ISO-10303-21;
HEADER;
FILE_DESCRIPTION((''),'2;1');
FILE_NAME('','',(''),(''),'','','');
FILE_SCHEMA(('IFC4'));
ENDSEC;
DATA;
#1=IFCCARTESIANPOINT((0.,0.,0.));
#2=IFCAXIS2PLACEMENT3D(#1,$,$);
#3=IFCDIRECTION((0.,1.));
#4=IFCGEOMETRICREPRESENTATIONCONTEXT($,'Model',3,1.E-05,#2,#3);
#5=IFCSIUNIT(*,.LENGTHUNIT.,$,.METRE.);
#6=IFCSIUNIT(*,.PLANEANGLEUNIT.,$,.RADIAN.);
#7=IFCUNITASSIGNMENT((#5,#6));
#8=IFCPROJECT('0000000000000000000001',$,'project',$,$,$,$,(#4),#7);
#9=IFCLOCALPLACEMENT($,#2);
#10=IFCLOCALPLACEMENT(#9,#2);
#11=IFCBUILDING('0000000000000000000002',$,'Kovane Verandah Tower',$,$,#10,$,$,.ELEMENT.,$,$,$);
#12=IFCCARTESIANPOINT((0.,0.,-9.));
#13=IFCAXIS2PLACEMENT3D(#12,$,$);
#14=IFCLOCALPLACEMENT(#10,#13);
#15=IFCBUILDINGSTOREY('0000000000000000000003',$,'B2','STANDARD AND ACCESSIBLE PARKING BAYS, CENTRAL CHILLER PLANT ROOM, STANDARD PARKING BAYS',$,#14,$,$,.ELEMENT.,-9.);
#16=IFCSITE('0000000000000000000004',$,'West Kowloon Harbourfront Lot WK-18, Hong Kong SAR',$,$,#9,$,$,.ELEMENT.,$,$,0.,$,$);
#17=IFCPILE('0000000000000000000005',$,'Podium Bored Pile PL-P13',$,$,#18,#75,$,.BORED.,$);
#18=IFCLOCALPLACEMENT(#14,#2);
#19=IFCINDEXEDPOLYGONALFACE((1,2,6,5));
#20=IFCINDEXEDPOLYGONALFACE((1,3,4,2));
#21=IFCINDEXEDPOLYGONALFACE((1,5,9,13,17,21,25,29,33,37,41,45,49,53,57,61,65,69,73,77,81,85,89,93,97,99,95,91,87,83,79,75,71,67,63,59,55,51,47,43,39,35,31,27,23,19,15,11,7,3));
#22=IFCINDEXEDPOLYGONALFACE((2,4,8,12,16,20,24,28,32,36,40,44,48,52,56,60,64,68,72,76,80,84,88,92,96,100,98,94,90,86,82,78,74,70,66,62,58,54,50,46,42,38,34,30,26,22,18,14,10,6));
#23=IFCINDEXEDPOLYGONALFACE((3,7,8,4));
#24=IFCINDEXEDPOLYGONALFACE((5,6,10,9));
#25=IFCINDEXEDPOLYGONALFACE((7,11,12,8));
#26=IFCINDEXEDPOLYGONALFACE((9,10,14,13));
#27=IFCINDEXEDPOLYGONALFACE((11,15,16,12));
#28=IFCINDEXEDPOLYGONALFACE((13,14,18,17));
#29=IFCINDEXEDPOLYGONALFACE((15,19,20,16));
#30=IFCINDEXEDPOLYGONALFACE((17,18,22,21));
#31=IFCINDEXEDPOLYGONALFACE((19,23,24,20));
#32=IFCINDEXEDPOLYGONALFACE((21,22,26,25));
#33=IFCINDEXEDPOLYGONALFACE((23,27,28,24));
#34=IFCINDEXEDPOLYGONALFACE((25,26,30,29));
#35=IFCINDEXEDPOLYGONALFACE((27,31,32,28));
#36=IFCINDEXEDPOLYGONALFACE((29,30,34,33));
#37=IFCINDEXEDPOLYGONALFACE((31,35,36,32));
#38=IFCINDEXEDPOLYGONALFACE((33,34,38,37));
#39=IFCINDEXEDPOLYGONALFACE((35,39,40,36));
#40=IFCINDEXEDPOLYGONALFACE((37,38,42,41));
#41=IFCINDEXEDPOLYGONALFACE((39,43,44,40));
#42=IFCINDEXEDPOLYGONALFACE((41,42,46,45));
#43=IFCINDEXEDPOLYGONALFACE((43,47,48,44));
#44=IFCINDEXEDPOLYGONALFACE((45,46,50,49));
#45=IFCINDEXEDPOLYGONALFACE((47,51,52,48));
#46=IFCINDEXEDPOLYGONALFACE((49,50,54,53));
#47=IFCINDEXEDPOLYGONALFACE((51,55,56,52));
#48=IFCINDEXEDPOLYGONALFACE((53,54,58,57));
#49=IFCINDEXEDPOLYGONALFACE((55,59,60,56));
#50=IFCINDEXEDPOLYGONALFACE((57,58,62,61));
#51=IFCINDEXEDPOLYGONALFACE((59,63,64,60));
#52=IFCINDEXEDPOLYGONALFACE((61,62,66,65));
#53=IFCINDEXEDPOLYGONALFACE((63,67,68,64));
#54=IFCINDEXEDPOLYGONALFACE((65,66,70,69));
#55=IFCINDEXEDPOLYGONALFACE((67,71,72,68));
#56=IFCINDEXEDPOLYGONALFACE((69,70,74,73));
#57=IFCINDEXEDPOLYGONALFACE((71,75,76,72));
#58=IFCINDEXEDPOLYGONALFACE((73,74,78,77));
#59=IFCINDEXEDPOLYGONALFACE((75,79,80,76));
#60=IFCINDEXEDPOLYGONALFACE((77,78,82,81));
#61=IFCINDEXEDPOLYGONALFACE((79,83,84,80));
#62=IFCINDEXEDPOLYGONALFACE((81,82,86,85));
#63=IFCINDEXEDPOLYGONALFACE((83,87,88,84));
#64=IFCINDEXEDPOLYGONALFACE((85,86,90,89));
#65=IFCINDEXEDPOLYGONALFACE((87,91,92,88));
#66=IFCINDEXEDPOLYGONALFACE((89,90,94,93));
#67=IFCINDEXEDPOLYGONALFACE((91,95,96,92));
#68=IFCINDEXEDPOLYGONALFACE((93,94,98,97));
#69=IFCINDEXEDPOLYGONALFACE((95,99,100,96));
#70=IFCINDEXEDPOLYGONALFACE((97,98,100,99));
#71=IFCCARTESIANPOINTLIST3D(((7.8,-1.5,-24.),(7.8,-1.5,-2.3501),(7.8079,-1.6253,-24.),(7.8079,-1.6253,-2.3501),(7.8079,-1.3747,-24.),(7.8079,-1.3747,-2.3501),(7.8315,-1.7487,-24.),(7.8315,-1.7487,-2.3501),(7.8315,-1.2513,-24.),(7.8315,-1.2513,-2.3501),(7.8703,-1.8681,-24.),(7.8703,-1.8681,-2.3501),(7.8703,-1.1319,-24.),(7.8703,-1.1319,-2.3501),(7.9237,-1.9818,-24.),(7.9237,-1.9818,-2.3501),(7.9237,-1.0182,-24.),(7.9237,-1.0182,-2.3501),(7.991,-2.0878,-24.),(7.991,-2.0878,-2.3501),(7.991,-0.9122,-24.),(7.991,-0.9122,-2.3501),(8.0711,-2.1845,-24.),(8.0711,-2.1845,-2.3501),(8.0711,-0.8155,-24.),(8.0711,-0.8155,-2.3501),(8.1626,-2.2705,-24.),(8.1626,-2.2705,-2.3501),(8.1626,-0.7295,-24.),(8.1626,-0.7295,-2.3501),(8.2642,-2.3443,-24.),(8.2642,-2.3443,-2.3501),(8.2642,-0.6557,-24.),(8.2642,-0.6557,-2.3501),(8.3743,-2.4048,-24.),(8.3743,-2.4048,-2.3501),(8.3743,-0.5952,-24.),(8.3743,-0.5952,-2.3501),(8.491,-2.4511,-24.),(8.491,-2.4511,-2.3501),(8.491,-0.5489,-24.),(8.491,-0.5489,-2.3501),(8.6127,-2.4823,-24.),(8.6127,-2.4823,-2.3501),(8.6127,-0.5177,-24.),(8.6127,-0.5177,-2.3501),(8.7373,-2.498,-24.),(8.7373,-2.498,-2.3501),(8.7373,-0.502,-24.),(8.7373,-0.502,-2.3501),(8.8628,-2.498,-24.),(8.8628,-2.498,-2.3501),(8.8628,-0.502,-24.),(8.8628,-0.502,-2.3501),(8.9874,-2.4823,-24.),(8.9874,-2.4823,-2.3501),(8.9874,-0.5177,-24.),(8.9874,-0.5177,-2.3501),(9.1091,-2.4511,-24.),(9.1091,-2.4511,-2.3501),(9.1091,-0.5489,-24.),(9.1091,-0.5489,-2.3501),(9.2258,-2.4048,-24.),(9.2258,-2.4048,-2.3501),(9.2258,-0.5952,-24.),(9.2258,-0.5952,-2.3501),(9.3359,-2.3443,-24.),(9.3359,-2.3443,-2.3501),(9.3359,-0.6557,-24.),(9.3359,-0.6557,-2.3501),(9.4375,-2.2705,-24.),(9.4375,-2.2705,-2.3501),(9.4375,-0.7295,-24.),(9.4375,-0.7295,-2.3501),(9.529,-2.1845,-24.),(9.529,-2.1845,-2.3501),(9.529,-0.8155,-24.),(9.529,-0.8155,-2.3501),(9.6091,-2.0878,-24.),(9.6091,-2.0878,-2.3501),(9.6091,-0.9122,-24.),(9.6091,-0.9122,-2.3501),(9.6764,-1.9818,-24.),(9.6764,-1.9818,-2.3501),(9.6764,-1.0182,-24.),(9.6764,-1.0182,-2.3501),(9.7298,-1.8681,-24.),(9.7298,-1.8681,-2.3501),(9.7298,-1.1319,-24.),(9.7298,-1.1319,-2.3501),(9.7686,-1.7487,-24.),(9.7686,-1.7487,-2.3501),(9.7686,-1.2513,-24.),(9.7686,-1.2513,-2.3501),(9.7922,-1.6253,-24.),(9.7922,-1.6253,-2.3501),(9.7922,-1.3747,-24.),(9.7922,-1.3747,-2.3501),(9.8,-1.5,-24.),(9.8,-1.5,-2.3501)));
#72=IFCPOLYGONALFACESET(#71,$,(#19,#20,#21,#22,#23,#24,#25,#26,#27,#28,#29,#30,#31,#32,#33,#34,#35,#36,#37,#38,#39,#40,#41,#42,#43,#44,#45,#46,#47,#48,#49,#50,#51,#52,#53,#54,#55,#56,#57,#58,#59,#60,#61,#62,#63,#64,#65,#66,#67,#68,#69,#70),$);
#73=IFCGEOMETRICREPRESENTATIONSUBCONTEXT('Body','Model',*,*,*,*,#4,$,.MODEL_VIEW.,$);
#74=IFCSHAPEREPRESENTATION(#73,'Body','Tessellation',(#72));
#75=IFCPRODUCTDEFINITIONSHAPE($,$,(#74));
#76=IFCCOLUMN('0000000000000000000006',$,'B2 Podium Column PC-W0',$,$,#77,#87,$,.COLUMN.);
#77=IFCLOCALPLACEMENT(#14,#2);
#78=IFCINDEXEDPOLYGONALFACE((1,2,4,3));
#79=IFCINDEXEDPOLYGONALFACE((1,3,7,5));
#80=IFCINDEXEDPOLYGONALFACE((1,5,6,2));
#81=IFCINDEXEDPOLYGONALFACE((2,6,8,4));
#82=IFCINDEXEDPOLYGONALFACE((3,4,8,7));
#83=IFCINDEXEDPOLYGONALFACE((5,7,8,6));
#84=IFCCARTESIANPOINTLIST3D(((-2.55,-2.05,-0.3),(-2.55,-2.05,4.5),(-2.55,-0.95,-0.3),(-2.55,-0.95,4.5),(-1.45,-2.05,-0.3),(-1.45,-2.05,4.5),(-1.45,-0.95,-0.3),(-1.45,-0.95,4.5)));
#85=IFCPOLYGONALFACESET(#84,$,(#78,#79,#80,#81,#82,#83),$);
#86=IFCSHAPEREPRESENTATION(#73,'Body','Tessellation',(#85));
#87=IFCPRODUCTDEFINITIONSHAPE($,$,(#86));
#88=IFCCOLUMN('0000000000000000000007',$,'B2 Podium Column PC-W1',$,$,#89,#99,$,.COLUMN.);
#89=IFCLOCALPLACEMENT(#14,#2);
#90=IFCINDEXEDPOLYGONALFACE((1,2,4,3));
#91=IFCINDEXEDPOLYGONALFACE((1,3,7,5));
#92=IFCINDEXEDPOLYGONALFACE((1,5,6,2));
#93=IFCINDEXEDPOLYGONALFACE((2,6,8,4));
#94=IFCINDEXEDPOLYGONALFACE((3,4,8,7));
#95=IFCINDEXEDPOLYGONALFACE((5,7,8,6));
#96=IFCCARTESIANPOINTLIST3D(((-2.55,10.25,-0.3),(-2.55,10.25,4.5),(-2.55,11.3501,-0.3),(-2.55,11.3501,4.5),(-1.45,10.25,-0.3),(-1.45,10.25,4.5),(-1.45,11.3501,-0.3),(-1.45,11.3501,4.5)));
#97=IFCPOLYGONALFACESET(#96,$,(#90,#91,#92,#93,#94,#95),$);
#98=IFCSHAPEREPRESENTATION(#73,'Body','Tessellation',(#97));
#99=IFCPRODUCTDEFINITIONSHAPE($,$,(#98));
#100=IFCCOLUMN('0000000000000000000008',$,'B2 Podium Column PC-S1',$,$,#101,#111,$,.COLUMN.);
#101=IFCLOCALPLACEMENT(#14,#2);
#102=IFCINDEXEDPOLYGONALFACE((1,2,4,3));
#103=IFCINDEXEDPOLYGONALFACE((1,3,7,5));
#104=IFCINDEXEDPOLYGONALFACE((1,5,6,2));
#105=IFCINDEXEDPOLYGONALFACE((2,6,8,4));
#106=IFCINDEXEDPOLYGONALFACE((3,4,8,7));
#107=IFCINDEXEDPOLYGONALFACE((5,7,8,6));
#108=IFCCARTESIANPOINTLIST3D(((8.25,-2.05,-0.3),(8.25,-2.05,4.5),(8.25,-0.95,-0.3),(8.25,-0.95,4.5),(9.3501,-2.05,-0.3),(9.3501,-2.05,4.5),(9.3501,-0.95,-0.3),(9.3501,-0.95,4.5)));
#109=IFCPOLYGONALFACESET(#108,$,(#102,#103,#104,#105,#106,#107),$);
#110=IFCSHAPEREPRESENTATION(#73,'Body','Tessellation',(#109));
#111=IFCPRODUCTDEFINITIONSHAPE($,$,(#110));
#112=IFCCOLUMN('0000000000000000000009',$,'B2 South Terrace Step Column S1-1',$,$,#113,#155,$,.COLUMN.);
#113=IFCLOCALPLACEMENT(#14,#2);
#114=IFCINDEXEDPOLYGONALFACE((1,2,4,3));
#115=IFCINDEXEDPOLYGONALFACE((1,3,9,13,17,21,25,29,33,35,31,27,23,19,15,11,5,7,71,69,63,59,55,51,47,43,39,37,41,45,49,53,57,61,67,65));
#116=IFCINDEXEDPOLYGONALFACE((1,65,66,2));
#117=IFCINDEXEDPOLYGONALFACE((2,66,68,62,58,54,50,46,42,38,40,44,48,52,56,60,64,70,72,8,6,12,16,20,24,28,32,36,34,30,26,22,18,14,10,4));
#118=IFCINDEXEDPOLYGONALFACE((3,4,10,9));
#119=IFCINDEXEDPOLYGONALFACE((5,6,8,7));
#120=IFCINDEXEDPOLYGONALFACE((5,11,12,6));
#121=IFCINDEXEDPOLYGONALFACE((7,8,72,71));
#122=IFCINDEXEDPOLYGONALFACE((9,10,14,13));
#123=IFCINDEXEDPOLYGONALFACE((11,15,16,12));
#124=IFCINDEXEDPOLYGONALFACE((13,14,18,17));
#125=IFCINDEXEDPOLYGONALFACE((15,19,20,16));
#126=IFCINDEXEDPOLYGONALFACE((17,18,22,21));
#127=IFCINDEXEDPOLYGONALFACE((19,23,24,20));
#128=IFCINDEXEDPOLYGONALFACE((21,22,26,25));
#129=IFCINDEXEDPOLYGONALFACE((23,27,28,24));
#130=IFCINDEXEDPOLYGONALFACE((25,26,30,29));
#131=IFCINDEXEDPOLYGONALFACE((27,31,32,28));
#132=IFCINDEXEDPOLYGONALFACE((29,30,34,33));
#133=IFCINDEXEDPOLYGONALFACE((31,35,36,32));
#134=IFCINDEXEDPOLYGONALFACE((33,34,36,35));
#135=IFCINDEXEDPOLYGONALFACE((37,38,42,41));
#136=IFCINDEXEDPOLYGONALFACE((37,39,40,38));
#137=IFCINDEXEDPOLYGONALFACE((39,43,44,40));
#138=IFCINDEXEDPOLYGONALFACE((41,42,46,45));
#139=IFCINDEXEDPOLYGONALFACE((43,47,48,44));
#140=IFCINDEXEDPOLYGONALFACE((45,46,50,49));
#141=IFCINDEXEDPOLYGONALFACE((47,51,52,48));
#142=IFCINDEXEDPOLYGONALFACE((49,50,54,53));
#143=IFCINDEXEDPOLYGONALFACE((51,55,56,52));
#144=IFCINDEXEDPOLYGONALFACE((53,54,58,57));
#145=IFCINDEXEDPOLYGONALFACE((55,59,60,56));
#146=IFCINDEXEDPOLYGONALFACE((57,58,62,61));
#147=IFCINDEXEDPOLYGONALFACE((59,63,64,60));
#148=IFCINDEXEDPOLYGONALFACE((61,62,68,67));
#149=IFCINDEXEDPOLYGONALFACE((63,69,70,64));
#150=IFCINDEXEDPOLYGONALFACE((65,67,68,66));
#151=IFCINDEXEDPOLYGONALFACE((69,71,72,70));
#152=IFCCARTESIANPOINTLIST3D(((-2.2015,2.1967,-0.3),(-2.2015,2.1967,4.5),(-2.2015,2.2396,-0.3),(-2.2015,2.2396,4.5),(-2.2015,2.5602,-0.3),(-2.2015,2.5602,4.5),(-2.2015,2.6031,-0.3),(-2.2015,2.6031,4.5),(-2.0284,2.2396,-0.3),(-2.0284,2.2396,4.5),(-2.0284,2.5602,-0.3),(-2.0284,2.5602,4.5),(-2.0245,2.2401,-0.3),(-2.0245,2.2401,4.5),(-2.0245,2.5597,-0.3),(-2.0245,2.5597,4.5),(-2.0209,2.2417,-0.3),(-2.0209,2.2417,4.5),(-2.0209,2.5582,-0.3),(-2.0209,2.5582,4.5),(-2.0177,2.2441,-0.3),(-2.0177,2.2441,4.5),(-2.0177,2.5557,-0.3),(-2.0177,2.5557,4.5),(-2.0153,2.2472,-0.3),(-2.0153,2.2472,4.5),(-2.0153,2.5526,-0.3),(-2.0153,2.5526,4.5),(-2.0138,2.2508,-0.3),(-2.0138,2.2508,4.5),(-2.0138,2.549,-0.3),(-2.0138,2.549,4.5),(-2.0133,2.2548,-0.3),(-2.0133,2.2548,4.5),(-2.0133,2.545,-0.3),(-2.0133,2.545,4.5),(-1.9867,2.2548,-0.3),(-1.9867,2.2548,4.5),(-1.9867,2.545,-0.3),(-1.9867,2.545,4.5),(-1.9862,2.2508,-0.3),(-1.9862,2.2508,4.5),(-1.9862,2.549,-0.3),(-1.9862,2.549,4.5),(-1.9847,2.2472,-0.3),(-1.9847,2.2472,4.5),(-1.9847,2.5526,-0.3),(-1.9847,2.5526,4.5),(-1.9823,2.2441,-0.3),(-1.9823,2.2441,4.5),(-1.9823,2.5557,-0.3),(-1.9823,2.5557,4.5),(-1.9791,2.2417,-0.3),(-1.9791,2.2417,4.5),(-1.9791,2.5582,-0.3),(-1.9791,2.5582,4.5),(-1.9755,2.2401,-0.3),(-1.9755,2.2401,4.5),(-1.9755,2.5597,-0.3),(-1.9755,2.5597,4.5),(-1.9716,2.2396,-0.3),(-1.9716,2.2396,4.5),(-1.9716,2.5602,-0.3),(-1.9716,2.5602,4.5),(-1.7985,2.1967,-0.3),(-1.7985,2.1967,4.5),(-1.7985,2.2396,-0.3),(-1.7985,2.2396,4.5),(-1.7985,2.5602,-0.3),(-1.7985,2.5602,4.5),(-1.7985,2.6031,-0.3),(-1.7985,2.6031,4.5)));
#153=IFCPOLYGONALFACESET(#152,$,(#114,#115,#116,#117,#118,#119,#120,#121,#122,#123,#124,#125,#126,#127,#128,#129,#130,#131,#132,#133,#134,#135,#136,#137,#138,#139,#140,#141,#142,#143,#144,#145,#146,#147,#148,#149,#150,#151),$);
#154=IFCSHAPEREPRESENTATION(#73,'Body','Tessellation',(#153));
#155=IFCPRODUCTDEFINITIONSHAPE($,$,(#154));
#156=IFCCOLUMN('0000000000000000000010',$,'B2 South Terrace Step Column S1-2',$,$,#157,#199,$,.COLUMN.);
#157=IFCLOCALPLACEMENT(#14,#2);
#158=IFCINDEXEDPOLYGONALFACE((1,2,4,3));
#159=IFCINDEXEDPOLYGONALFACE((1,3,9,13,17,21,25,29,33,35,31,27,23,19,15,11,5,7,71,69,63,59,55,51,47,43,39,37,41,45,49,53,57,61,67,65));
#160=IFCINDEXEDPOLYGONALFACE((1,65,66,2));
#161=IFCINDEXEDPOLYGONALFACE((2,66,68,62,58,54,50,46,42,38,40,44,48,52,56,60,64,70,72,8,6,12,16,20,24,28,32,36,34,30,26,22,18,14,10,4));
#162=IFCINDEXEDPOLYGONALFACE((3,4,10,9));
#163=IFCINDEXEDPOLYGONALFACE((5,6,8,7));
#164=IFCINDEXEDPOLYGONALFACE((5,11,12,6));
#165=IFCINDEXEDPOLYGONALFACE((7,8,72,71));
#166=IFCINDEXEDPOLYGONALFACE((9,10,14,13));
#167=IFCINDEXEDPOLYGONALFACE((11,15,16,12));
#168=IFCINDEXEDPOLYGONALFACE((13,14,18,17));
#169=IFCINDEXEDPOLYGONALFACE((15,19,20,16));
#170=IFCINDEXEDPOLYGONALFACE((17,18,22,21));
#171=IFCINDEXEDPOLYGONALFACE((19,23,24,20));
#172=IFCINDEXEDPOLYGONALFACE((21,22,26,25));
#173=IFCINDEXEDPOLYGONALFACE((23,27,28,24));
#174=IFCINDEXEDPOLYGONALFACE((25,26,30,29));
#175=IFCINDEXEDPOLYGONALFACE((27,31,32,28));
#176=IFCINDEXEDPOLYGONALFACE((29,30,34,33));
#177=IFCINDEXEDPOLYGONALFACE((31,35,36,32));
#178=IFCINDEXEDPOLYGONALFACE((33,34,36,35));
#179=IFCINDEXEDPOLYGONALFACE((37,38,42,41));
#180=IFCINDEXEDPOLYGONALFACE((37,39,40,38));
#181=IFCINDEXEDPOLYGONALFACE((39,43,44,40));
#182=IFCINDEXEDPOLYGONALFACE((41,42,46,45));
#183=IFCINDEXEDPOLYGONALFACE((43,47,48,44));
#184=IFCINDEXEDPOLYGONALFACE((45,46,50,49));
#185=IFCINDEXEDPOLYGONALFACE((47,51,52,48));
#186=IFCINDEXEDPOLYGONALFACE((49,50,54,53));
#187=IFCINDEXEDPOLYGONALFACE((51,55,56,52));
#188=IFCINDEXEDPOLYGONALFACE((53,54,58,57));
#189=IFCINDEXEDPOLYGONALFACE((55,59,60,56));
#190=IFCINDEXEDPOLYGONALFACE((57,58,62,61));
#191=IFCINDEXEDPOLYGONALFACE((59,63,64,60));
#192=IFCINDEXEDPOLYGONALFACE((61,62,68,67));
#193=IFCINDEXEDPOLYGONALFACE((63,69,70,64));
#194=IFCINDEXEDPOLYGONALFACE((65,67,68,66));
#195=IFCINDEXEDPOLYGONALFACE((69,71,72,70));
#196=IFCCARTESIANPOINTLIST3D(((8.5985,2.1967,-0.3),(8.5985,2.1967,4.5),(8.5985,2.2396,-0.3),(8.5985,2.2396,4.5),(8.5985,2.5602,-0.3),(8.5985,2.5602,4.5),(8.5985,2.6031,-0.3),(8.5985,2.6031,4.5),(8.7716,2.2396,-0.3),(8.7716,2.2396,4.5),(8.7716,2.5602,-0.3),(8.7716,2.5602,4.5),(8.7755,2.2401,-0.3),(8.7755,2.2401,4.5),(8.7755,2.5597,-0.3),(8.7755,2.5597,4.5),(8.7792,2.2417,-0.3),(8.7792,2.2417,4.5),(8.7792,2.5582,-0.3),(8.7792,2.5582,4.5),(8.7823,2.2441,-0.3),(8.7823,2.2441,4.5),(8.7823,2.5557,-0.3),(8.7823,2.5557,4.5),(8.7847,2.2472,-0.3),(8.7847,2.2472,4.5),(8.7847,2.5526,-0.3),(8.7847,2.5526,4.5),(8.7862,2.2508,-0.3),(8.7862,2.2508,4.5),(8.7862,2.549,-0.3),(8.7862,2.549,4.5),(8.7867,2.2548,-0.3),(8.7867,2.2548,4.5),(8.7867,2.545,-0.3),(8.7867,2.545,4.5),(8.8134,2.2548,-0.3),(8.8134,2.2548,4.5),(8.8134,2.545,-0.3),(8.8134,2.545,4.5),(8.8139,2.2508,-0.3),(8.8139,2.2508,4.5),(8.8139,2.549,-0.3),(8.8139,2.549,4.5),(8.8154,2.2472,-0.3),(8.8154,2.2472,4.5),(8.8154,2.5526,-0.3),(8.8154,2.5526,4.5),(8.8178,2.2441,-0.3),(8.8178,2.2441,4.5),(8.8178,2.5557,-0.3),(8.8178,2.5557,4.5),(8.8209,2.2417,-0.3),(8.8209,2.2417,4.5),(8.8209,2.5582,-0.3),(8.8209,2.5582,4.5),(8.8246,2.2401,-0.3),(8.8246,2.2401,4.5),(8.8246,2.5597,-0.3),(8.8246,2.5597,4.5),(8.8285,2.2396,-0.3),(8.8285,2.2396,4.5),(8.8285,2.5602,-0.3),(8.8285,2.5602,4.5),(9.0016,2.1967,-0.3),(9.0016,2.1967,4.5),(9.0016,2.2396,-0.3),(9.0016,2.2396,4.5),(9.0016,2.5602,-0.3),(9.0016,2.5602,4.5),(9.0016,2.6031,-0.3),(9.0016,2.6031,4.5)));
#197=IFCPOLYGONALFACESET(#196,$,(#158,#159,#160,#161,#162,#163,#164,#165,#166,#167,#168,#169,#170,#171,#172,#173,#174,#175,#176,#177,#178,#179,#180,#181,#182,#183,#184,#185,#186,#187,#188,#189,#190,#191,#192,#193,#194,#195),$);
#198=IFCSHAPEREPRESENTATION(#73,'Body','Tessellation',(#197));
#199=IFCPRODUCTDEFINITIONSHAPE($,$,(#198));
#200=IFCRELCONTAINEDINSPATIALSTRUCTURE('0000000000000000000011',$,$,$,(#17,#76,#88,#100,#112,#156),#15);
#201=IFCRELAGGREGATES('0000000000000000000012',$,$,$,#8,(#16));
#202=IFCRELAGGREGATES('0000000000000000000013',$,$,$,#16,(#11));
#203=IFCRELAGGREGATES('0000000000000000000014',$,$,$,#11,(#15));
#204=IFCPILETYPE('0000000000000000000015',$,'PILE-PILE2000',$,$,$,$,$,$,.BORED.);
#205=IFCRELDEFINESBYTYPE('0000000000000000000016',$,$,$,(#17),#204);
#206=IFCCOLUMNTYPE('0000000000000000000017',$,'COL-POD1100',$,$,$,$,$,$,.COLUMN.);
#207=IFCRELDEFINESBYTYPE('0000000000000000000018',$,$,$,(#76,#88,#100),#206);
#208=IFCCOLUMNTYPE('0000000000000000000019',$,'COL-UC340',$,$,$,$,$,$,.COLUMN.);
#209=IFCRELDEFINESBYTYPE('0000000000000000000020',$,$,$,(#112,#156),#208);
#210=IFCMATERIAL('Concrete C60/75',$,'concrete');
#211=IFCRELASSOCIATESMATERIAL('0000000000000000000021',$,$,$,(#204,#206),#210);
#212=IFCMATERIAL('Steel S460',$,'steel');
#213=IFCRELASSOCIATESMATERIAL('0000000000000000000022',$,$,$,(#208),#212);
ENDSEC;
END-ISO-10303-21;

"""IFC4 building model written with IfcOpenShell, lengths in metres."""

from ifc_helpers import new_model, si_unit, direction, frame, origin, origin_2d, place, context, subcontext, project, spatial, rectangle, circle, i_section, extrude, material, material_profile, profile_set, type_object, element, save


model = new_model("IFC4")

# Units and contexts
model_context = context("Model", 3, precision=1e-05, world=origin(), true_north=direction((0.0, 1.0)))
body_context = subcontext(model_context, "Body", "Model", "MODEL_VIEW")
ifc_project = project(units=[si_unit("LENGTHUNIT", "METRE"), si_unit("PLANEANGLEUNIT", "RADIAN")], contexts=[model_context])

# Site, building, storey
site_placement = place(None, origin())
site = spatial("IfcSite", under=ifc_project, at=site_placement, Name="West Kowloon Harbourfront Lot WK-18, Hong Kong SAR", CompositionType="ELEMENT", RefElevation=0.0)
building_placement = place(site_placement, origin())
building = spatial("IfcBuilding", under=site, at=building_placement, Name="Kovane Verandah Tower", CompositionType="ELEMENT")
storey_placement = place(building_placement, frame((0.0, 0.0, -9.0)))
storey = spatial("IfcBuildingStorey", under=building, at=storey_placement, Name="B2", Description="STANDARD AND ACCESSIBLE PARKING BAYS, CENTRAL CHILLER PLANT ROOM, STANDARD PARKING BAYS", CompositionType="ELEMENT", Elevation=-9.0)

# Shared definitions
ifc_material_1 = material(Name="Concrete C60/75", Category="concrete")

# Pile
ifc_material_profile_1 = material_profile(ifc_material_1, circle(Radius=1.0, at=origin_2d()), Name="PILE2000")
ifc_profile_set_1 = profile_set([ifc_material_profile_1], Name="Concrete C60/75")
pile_type = type_object("IfcPileType", Name="PILE-PILE2000", PredefinedType="BORED", material=ifc_profile_set_1)
for number, where, z_axis, x_axis, name in (
    (1, (8.8, -1.5, -2.3501), (0.0, 0.0, -1.0), (1.0, 0.0, 0.0), "Podium Bored Pile PL-P13"),
):
    element("IfcPile", number, at=place(storey_placement, frame(where, z_axis=z_axis, x_axis=x_axis)), inside=storey, type_object=pile_type, Name=name, PredefinedType="BORED", context=body_context, shape_type="SweptSolid", body=[
        extrude(circle(Radius=1.0, at=origin_2d()), origin(), (0.0, 0.0, 1.0), 21.6499),
    ])

# Columns
ifc_material_profile_2 = material_profile(ifc_material_1, rectangle(XDim=1.1001, YDim=1.1001, at=origin_2d()), Name="RC1100x1100")
ifc_profile_set_2 = profile_set([ifc_material_profile_2], Name="Concrete C60/75")
column_type_1 = type_object("IfcColumnType", Name="COL-POD1100", PredefinedType="COLUMN", material=ifc_profile_set_2)
for number, where, z_axis, x_axis, name in (
    (2, (-2.0, -1.5, -0.3), (0.0, 0.0, 1.0), (1.0, 0.0, 0.0), "B2 Podium Column PC-W0"),
    (3, (-2.0, 10.8, -0.3), (0.0, 0.0, 1.0), (1.0, 0.0, 0.0), "B2 Podium Column PC-W1"),
    (4, (8.8, -1.5, -0.3), (0.0, 0.0, 1.0), (1.0, 0.0, 0.0), "B2 Podium Column PC-S1"),
):
    element("IfcColumn", number, at=place(storey_placement, frame(where, z_axis=z_axis, x_axis=x_axis)), inside=storey, type_object=column_type_1, Name=name, PredefinedType="COLUMN", context=body_context, shape_type="SweptSolid", body=[
        extrude(rectangle(XDim=1.1001, YDim=1.1001, at=origin_2d()), origin(), (0.0, 0.0, 1.0), 4.8),
    ])
ifc_material_2 = material(Name="Steel S460", Category="steel")
ifc_material_profile_3 = material_profile(ifc_material_2, i_section(OverallWidth=0.4031, OverallDepth=0.4065, WebThickness=0.0266, FlangeThickness=0.043, FilletRadius=0.0151, at=origin_2d()), Name="UC356x406x340")
ifc_profile_set_3 = profile_set([ifc_material_profile_3], Name="Steel S460")
column_type_2 = type_object("IfcColumnType", Name="COL-UC340", PredefinedType="COLUMN", material=ifc_profile_set_3)
for number, where, z_axis, x_axis, name in (
    (5, (-2.0, 2.3999, -0.3), (0.0, 0.0, 1.0), (1.0, 0.0, 0.0), "B2 South Terrace Step Column S1-1"),
    (6, (8.8, 2.3999, -0.3), (0.0, 0.0, 1.0), (1.0, 0.0, 0.0), "B2 South Terrace Step Column S1-2"),
):
    element("IfcColumn", number, at=place(storey_placement, frame(where, z_axis=z_axis, x_axis=x_axis)), inside=storey, type_object=column_type_2, Name=name, PredefinedType="COLUMN", context=body_context, shape_type="SweptSolid", body=[
        extrude(i_section(OverallWidth=0.4031, OverallDepth=0.4065, WebThickness=0.0266, FlangeThickness=0.043, FilletRadius=0.0151, at=origin_2d()), origin(), (0.0, 0.0, 1.0), 4.8),
    ])

save(model, "model.ifc")
